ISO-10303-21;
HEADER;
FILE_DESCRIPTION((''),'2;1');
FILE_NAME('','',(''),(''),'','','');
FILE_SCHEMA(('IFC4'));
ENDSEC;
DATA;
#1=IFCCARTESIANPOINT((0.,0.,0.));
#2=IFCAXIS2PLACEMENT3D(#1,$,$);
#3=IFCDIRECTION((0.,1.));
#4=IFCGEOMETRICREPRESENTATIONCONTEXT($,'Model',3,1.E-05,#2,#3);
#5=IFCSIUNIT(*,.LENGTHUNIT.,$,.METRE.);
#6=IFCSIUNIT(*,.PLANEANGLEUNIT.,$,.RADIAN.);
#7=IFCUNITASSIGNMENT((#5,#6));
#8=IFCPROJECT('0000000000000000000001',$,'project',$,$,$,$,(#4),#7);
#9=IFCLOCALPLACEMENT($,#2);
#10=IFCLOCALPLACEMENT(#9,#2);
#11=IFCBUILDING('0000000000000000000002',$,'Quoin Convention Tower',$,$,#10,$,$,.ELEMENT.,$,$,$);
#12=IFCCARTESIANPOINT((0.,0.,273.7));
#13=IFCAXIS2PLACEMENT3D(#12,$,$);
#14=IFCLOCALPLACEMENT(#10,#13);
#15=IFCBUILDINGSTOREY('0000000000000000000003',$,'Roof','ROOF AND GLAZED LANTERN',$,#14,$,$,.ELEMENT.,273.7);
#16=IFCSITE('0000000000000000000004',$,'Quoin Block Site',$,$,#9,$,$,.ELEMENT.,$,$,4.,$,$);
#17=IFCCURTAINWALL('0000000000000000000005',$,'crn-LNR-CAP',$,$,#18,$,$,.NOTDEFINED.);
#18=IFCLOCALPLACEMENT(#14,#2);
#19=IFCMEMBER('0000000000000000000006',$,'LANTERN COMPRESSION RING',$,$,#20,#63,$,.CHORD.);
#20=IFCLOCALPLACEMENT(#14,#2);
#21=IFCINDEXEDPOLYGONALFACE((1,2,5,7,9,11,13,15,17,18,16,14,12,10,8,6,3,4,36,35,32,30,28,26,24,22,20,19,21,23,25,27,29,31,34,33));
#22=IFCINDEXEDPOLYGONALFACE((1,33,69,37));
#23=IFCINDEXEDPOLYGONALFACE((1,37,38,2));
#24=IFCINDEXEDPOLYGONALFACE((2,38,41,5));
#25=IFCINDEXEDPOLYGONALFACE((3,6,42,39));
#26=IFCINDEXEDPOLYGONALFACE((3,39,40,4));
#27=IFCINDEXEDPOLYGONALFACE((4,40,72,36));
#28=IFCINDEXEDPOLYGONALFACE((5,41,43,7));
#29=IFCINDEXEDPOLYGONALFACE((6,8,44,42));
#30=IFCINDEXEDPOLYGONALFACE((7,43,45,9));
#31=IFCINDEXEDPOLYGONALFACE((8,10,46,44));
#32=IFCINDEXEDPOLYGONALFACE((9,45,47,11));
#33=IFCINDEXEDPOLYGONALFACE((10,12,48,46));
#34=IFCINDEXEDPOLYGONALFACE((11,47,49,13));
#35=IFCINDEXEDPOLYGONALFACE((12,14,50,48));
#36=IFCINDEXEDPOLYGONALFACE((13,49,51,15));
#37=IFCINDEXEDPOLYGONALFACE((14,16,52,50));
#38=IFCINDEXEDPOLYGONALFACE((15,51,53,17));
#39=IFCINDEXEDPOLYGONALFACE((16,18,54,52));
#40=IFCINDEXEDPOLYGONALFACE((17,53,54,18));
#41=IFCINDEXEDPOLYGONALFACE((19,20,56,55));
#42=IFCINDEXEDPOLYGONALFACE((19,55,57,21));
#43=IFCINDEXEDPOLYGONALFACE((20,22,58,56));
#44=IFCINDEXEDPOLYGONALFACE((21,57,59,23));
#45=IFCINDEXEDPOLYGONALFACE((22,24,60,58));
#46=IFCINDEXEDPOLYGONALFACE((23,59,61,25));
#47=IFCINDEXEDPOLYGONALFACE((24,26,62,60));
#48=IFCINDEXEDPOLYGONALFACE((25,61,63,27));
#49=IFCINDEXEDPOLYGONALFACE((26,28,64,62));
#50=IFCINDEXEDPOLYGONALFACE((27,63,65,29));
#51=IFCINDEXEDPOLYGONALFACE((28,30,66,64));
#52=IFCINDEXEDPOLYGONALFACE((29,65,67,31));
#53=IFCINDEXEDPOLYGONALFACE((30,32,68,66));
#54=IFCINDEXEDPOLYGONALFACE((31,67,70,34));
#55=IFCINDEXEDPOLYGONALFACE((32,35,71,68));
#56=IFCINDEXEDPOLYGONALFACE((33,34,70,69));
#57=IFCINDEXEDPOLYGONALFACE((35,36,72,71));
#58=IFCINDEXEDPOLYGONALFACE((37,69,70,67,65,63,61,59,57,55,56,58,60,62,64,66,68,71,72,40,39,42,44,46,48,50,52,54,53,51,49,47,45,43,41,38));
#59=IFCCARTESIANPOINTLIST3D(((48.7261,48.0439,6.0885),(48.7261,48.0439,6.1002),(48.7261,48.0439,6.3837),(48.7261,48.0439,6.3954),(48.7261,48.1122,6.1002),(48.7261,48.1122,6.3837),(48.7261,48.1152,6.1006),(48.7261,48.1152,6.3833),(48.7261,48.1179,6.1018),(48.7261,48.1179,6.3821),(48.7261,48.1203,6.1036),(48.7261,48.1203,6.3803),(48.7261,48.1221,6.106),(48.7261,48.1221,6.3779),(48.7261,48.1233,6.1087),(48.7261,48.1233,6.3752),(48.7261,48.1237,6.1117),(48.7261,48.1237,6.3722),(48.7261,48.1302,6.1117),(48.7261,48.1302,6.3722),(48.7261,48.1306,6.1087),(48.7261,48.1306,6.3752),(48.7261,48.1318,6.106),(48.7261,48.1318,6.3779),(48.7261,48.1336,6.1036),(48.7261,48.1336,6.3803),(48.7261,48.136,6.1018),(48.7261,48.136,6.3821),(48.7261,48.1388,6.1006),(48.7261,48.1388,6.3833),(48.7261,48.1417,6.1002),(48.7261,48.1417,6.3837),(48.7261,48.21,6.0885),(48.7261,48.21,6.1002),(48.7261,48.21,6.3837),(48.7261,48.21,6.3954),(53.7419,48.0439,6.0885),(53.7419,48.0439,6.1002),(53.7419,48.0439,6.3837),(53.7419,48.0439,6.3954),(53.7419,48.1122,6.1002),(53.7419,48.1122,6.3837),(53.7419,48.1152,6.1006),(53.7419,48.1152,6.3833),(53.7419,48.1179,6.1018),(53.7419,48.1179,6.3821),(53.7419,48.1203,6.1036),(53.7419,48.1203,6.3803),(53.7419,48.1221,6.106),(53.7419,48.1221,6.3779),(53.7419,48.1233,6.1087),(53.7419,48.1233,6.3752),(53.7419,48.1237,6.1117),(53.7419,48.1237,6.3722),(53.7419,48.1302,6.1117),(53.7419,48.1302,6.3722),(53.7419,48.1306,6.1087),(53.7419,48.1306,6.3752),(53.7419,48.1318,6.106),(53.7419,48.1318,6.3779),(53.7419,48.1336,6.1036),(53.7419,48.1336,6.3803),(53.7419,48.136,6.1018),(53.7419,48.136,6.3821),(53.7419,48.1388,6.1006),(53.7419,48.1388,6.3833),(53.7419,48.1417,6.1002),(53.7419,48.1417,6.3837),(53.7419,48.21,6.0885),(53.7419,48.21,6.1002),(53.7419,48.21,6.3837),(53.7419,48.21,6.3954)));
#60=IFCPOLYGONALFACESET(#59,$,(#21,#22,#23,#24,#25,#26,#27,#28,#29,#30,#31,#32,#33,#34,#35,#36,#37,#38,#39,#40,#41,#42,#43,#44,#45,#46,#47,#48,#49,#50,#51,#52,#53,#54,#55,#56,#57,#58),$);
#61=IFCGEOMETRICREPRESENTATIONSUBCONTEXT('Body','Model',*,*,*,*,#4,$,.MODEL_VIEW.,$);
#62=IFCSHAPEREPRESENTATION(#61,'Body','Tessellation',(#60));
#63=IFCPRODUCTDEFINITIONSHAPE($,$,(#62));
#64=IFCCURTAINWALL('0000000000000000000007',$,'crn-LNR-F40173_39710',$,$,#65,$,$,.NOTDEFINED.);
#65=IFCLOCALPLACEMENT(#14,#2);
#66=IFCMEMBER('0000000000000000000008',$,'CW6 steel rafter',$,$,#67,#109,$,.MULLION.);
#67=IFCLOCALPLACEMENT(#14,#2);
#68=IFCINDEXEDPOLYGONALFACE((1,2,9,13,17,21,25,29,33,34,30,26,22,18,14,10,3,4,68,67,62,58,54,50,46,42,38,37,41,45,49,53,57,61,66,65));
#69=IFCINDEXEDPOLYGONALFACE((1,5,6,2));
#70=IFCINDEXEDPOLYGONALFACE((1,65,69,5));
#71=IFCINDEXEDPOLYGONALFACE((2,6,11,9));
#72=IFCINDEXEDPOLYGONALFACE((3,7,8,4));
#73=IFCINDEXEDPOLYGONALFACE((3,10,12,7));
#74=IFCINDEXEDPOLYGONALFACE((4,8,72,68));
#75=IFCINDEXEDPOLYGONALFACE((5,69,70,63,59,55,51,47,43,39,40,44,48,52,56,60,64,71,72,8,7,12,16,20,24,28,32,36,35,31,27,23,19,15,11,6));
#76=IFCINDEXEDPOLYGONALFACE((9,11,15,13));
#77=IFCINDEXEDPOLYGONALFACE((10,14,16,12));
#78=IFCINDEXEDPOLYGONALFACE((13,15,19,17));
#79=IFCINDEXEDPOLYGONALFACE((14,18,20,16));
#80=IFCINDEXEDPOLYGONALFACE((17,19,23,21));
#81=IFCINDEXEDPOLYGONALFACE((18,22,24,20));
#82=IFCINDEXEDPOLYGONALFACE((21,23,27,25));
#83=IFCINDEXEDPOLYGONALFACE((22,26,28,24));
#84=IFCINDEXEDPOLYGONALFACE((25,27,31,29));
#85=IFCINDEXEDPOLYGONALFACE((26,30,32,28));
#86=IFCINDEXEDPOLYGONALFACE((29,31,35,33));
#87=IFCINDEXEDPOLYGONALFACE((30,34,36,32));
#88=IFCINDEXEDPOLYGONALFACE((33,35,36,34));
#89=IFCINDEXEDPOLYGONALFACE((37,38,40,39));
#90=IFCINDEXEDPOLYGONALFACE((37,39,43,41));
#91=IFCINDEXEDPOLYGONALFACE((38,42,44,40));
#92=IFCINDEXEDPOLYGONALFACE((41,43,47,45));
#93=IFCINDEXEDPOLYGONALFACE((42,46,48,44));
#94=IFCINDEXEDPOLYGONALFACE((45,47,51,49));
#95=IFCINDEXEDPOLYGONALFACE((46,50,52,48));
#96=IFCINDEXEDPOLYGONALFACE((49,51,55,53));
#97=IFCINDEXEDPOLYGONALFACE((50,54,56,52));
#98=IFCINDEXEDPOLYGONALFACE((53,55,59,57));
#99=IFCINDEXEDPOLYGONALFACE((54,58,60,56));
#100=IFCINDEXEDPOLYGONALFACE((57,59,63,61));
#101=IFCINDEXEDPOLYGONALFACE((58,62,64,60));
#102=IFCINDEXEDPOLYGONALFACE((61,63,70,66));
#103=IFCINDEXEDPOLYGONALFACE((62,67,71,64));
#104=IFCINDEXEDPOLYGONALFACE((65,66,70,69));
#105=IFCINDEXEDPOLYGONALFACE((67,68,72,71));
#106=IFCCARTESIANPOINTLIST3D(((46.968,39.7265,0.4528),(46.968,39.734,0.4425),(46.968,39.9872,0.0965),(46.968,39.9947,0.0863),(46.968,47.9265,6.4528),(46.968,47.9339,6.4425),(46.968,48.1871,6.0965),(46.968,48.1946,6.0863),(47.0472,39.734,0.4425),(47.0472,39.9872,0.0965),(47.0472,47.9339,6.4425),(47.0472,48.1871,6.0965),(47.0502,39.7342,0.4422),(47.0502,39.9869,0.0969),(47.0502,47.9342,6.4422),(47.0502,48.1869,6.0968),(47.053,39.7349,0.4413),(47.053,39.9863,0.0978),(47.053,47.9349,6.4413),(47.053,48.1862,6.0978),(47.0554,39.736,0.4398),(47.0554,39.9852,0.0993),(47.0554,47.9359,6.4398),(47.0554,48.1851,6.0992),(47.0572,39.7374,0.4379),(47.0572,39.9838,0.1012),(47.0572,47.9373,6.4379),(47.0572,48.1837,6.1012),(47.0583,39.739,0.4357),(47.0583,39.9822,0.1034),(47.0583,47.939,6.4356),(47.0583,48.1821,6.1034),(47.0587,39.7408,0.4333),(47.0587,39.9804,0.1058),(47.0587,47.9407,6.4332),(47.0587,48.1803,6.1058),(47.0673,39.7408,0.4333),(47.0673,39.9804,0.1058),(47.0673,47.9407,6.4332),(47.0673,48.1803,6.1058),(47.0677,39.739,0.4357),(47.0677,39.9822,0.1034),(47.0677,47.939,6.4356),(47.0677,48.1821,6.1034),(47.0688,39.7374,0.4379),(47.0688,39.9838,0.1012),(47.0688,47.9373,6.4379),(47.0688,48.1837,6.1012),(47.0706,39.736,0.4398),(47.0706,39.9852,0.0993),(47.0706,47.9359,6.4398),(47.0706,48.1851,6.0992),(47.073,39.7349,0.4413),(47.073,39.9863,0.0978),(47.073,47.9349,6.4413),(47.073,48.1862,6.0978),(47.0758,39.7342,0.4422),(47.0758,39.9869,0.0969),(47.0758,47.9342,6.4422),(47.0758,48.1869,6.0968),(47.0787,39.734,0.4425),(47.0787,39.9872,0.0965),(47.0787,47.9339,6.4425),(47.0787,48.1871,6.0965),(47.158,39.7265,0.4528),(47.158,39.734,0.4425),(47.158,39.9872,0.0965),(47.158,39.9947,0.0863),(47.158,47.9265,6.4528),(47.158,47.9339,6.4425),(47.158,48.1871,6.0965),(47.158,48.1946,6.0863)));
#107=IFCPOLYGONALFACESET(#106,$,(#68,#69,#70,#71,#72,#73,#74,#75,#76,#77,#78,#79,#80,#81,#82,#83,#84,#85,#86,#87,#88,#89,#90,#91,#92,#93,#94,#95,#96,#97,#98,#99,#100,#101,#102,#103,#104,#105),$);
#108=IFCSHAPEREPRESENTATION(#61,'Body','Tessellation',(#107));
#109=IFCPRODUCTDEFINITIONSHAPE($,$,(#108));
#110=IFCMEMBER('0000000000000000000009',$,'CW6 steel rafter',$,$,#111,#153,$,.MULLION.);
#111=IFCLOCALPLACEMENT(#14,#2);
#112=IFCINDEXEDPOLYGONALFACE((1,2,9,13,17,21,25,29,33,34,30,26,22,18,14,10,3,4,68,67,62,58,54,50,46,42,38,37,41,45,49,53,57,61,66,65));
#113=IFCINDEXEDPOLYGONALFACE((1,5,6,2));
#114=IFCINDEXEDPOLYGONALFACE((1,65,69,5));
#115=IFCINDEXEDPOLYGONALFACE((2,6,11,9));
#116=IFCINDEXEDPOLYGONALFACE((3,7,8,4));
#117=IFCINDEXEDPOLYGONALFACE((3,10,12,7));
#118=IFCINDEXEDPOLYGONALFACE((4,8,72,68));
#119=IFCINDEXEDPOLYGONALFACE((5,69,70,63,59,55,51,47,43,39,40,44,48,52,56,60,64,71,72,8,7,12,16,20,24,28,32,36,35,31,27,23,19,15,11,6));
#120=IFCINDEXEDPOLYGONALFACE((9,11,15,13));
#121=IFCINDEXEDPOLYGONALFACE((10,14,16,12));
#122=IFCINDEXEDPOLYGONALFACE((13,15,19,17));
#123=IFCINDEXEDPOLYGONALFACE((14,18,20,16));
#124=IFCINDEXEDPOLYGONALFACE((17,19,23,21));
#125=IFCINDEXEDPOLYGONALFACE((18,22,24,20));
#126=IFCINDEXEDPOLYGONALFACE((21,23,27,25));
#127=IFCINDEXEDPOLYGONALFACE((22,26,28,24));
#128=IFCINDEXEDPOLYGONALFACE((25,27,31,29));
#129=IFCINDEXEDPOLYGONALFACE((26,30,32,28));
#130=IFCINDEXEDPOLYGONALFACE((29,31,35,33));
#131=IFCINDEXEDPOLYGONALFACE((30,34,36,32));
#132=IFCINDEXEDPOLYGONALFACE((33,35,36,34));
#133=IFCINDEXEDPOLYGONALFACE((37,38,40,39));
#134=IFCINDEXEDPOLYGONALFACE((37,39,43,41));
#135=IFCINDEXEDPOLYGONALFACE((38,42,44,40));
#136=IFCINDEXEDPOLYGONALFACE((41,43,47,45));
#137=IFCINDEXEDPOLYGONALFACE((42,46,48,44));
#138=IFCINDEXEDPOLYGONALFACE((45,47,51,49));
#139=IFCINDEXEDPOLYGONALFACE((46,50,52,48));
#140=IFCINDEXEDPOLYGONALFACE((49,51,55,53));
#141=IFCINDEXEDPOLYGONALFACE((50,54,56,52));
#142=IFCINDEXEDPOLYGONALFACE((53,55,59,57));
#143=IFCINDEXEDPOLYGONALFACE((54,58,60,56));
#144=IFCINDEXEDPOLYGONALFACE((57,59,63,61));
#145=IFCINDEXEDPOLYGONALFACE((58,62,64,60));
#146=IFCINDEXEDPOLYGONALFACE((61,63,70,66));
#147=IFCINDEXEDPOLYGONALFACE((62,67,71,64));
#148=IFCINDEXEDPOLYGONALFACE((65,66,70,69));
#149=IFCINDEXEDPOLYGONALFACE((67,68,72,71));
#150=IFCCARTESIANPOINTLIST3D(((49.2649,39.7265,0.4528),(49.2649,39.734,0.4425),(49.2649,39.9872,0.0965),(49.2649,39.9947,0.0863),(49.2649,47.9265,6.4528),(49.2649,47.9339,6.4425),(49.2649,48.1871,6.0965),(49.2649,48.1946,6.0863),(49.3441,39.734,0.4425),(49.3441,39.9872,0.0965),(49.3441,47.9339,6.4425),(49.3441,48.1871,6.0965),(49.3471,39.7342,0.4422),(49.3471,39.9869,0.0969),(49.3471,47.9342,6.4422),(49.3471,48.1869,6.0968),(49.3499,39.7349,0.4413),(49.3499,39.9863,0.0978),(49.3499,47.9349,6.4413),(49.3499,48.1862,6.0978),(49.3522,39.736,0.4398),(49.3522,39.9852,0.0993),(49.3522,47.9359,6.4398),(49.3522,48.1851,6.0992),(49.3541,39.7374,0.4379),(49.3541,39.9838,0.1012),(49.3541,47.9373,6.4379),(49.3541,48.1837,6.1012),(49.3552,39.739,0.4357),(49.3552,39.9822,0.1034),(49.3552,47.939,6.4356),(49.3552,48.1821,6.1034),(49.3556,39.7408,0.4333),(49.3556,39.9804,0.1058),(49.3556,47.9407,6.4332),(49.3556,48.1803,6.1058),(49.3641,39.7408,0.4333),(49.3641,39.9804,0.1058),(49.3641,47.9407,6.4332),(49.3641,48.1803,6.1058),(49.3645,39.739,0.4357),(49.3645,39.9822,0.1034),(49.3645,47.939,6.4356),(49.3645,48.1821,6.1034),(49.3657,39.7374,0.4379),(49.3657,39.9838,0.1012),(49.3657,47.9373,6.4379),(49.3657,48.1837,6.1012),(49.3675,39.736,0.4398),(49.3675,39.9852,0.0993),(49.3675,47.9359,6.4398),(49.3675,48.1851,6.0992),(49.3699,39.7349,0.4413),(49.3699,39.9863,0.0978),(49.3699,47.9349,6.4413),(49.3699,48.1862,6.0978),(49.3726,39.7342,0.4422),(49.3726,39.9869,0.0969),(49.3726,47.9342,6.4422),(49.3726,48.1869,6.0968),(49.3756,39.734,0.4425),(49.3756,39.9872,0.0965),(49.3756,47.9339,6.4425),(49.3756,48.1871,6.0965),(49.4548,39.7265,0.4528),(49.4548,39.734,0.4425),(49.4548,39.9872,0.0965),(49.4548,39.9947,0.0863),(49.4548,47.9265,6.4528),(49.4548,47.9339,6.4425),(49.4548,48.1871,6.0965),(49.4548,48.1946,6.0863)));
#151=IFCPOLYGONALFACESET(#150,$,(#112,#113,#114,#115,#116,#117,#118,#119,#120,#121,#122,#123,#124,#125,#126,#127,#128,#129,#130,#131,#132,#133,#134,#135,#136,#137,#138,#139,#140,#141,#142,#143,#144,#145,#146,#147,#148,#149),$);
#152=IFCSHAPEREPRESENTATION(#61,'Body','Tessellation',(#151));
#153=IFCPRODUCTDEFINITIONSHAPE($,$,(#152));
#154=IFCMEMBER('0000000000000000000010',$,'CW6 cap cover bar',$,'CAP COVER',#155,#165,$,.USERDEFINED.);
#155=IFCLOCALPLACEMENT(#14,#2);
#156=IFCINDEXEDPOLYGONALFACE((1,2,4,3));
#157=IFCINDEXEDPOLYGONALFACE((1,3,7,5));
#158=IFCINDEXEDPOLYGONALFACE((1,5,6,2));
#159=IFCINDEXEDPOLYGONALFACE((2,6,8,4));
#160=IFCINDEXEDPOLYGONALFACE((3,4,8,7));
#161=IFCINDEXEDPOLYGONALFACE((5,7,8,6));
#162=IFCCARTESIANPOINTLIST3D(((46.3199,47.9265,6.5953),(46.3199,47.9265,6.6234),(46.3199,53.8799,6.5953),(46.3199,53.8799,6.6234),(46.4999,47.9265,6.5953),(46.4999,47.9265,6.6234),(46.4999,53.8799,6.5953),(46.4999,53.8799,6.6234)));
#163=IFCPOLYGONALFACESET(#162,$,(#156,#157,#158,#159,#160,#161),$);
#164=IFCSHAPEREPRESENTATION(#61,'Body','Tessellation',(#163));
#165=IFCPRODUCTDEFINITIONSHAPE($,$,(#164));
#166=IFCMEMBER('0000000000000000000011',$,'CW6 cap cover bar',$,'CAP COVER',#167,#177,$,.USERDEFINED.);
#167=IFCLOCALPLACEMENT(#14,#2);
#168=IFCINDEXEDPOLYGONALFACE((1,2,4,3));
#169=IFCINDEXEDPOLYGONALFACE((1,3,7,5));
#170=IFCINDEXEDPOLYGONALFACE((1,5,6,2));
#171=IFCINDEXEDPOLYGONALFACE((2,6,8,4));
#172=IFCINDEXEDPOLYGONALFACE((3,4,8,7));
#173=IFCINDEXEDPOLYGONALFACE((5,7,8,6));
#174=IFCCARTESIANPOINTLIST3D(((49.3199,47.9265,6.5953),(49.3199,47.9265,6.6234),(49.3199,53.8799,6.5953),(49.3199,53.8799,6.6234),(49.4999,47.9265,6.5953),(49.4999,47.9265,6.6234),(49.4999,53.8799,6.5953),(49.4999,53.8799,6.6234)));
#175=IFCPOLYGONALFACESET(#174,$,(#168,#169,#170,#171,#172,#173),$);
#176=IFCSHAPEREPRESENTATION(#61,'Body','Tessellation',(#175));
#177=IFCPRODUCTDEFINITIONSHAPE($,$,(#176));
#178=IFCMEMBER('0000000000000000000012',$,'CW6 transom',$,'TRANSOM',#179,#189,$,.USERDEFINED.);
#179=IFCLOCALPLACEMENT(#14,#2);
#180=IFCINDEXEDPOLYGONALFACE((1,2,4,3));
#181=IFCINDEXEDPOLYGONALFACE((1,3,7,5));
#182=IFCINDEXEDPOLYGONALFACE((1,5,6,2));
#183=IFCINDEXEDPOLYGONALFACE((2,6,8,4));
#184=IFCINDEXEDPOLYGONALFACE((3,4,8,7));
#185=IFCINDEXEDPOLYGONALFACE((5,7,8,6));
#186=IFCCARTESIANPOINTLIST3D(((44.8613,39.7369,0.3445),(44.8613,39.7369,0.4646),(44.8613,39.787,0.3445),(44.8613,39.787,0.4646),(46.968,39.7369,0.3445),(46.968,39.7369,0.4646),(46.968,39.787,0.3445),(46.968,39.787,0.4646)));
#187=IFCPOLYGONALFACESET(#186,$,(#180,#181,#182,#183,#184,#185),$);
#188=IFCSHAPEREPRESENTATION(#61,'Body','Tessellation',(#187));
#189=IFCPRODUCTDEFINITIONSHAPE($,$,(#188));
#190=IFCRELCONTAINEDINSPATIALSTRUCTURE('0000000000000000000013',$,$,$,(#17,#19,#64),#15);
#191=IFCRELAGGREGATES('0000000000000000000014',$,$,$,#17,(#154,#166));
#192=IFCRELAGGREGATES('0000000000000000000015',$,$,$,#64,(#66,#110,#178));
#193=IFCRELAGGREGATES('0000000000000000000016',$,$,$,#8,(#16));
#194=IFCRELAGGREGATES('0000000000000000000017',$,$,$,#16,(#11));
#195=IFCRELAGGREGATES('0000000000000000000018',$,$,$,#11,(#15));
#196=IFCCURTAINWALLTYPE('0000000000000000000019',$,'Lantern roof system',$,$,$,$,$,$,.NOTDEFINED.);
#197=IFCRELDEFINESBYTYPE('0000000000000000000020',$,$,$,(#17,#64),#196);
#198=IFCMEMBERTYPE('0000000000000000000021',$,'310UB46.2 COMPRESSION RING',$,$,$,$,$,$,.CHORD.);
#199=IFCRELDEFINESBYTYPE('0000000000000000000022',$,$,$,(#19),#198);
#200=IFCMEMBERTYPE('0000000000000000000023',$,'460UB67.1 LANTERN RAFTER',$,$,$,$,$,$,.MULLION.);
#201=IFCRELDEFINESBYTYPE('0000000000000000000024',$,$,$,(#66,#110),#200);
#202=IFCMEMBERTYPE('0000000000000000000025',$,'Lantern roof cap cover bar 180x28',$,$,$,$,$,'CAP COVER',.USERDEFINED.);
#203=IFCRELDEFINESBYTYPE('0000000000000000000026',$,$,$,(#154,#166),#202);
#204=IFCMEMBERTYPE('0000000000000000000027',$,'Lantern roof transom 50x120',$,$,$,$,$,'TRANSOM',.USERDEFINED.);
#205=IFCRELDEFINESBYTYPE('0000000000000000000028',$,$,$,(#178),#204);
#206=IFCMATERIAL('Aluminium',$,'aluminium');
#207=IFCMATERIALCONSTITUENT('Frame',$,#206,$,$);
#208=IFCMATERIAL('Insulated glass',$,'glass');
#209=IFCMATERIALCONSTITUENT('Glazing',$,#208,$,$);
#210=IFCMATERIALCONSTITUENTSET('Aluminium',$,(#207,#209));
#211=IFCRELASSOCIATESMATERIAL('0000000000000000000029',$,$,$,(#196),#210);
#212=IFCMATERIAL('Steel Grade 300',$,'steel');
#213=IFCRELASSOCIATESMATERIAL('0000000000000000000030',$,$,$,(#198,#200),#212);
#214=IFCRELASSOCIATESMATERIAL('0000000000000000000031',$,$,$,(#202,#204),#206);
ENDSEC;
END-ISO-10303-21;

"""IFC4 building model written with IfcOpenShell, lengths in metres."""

from ifc_helpers import new_model, si_unit, direction, frame, origin, origin_2d, place, context, subcontext, project, spatial, rectangle, i_section, extrude, material, constituent, constituent_set, material_profile, profile_set, type_object, element, aggregate, save


model = new_model("IFC4")

# Units and contexts
model_context = context("Model", 3, precision=1e-05, world=origin(), true_north=direction((0.0, 1.0)))
body_context = subcontext(model_context, "Body", "Model", "MODEL_VIEW")
ifc_project = project(units=[si_unit("LENGTHUNIT", "METRE"), si_unit("PLANEANGLEUNIT", "RADIAN")], contexts=[model_context])

# Site, building, storey
site_placement = place(None, origin())
site = spatial("IfcSite", under=ifc_project, at=site_placement, Name="Quoin Block Site", CompositionType="ELEMENT", RefElevation=4.0)
building_placement = place(site_placement, origin())
building = spatial("IfcBuilding", under=site, at=building_placement, Name="Quoin Convention Tower", CompositionType="ELEMENT")
storey_placement = place(building_placement, frame((0.0, 0.0, 273.7)))
storey = spatial("IfcBuildingStorey", under=building, at=storey_placement, Name="Roof", Description="ROOF AND GLAZED LANTERN", CompositionType="ELEMENT", Elevation=273.7)

# Curtain wall
ifc_material_1 = material(Name="Aluminium", Category="aluminium")
ifc_constituent_1 = constituent(ifc_material_1, Name="Frame")
ifc_material_2 = material(Name="Insulated glass", Category="glass")
ifc_constituent_2 = constituent(ifc_material_2, Name="Glazing")
ifc_constituent_set = constituent_set(constituents=[ifc_constituent_1, ifc_constituent_2], Name="Aluminium")
curtain_wall_type = type_object("IfcCurtainWallType", Name="Lantern roof system", PredefinedType="NOTDEFINED", material=ifc_constituent_set)
curtain_wall_1_placement = place(storey_placement, origin())
curtain_wall_1 = element("IfcCurtainWall", 1, at=curtain_wall_1_placement, inside=storey, type_object=curtain_wall_type, Name="crn-LNR-CAP", PredefinedType="NOTDEFINED")

# Member
ifc_material_3 = material(Name="Steel Grade 300", Category="steel")
ifc_material_profile_1 = material_profile(ifc_material_3, i_section(OverallWidth=0.166, OverallDepth=0.3069, WebThickness=0.0066, FlangeThickness=0.0117, FilletRadius=0.0115, at=origin_2d()), Name="310UB46.2")
ifc_profile_set_1 = profile_set([ifc_material_profile_1], Name="Steel Grade 300")
member_type_1 = type_object("IfcMemberType", Name="310UB46.2 COMPRESSION RING", PredefinedType="CHORD", material=ifc_profile_set_1)
member_1_placement = place(storey_placement, frame((48.7261, 48.127, 6.2419), z_axis=(1.0, 0.0, 0.0), x_axis=(0.0, 1.0, 0.0)))
element("IfcMember", 2, at=member_1_placement, inside=storey, type_object=member_type_1, Name="LANTERN COMPRESSION RING", PredefinedType="CHORD", context=body_context, shape_type="SweptSolid", body=[
    extrude(i_section(OverallWidth=0.166, OverallDepth=0.3069, WebThickness=0.0066, FlangeThickness=0.0117, FilletRadius=0.0115, at=origin_2d()), origin(), (0.0, 0.0, 1.0), 5.0159),
])

# Curtain wall, members
curtain_wall_2_placement = place(storey_placement, origin())
curtain_wall_2 = element("IfcCurtainWall", 3, at=curtain_wall_2_placement, inside=storey, type_object=curtain_wall_type, Name="crn-LNR-F40173_39710", PredefinedType="NOTDEFINED")
ifc_material_profile_2 = material_profile(ifc_material_3, i_section(OverallWidth=0.1899, OverallDepth=0.4541, WebThickness=0.0085, FlangeThickness=0.0127, FilletRadius=0.0115, at=origin_2d()), Name="460UB67.1")
ifc_profile_set_2 = profile_set([ifc_material_profile_2], Name="Steel Grade 300")
member_type_2 = type_object("IfcMemberType", Name="460UB67.1 LANTERN RAFTER", PredefinedType="MULLION", material=ifc_profile_set_2)
member_2_placement = place(storey_placement, frame((47.063, 39.8606, 0.2695), z_axis=(0.0, 0.807029, 0.590512), x_axis=(-1.0, 0.0, 0.0)))
member_2 = element("IfcMember", 4, at=member_2_placement, type_object=member_type_2, Name="CW6 steel rafter", PredefinedType="MULLION", context=body_context, shape_type="SweptSolid", body=[
    extrude(i_section(OverallWidth=0.1899, OverallDepth=0.4541, WebThickness=0.0085, FlangeThickness=0.0127, FilletRadius=0.0115, at=origin_2d()), origin(), (0.0, 0.0, 1.0), 10.1606),
])
member_3_placement = place(storey_placement, frame((49.3599, 39.8606, 0.2695), z_axis=(0.0, 0.807029, 0.590512), x_axis=(-1.0, 0.0, 0.0)))
member_3 = element("IfcMember", 5, at=member_3_placement, type_object=member_type_2, Name="CW6 steel rafter", PredefinedType="MULLION", context=body_context, shape_type="SweptSolid", body=[
    extrude(i_section(OverallWidth=0.1899, OverallDepth=0.4541, WebThickness=0.0085, FlangeThickness=0.0127, FilletRadius=0.0115, at=origin_2d()), origin(), (0.0, 0.0, 1.0), 10.1606),
])

# Members
ifc_material_profile_3 = material_profile(ifc_material_1, rectangle(XDim=0.0281, YDim=0.1799, at=origin_2d()), Name="Lantern roof cap cover bar 180x28")
ifc_profile_set_3 = profile_set([ifc_material_profile_3], Name="Aluminium")
member_type_3 = type_object("IfcMemberType", Name="Lantern roof cap cover bar 180x28", ElementType="CAP COVER", PredefinedType="USERDEFINED", material=ifc_profile_set_3)
member_4_placement = place(storey_placement, frame((46.4099, 47.9265, 6.6094), z_axis=(0.0, 1.0, 0.0), x_axis=(0.0, 0.0, 1.0)))
member_4 = element("IfcMember", 6, at=member_4_placement, type_object=member_type_3, Name="CW6 cap cover bar", ObjectType="CAP COVER", PredefinedType="USERDEFINED", context=body_context, shape_type="SweptSolid", body=[
    extrude(rectangle(XDim=0.0281, YDim=0.1799, at=origin_2d()), origin(), (0.0, 0.0, 1.0), 5.9534),
])
member_5_placement = place(storey_placement, frame((49.4099, 47.9265, 6.6094), z_axis=(0.0, 1.0, 0.0), x_axis=(0.0, 0.0, 1.0)))
member_5 = element("IfcMember", 7, at=member_5_placement, type_object=member_type_3, Name="CW6 cap cover bar", ObjectType="CAP COVER", PredefinedType="USERDEFINED", context=body_context, shape_type="SweptSolid", body=[
    extrude(rectangle(XDim=0.0281, YDim=0.1799, at=origin_2d()), origin(), (0.0, 0.0, 1.0), 5.9534),
])
aggregate(curtain_wall_1, [member_4, member_5])
ifc_material_profile_4 = material_profile(ifc_material_1, rectangle(XDim=0.1201, YDim=0.05, at=origin_2d()), Name="Lantern roof transom 50x120")
ifc_profile_set_4 = profile_set([ifc_material_profile_4], Name="Aluminium")
member_type_4 = type_object("IfcMemberType", Name="Lantern roof transom 50x120", ElementType="TRANSOM", PredefinedType="USERDEFINED", material=ifc_profile_set_4)
member_6_placement = place(storey_placement, frame((44.8613, 39.762, 0.4045), z_axis=(1.0, 0.0, 0.0), x_axis=(0.0, 0.0, 1.0)))
member_6 = element("IfcMember", 8, at=member_6_placement, type_object=member_type_4, Name="CW6 transom", ObjectType="TRANSOM", PredefinedType="USERDEFINED", context=body_context, shape_type="SweptSolid", body=[
    extrude(rectangle(XDim=0.1201, YDim=0.05, at=origin_2d()), origin(), (0.0, 0.0, 1.0), 2.1067),
])

aggregate(curtain_wall_2, [member_2, member_3, member_6])

save(model, "model.ifc")
